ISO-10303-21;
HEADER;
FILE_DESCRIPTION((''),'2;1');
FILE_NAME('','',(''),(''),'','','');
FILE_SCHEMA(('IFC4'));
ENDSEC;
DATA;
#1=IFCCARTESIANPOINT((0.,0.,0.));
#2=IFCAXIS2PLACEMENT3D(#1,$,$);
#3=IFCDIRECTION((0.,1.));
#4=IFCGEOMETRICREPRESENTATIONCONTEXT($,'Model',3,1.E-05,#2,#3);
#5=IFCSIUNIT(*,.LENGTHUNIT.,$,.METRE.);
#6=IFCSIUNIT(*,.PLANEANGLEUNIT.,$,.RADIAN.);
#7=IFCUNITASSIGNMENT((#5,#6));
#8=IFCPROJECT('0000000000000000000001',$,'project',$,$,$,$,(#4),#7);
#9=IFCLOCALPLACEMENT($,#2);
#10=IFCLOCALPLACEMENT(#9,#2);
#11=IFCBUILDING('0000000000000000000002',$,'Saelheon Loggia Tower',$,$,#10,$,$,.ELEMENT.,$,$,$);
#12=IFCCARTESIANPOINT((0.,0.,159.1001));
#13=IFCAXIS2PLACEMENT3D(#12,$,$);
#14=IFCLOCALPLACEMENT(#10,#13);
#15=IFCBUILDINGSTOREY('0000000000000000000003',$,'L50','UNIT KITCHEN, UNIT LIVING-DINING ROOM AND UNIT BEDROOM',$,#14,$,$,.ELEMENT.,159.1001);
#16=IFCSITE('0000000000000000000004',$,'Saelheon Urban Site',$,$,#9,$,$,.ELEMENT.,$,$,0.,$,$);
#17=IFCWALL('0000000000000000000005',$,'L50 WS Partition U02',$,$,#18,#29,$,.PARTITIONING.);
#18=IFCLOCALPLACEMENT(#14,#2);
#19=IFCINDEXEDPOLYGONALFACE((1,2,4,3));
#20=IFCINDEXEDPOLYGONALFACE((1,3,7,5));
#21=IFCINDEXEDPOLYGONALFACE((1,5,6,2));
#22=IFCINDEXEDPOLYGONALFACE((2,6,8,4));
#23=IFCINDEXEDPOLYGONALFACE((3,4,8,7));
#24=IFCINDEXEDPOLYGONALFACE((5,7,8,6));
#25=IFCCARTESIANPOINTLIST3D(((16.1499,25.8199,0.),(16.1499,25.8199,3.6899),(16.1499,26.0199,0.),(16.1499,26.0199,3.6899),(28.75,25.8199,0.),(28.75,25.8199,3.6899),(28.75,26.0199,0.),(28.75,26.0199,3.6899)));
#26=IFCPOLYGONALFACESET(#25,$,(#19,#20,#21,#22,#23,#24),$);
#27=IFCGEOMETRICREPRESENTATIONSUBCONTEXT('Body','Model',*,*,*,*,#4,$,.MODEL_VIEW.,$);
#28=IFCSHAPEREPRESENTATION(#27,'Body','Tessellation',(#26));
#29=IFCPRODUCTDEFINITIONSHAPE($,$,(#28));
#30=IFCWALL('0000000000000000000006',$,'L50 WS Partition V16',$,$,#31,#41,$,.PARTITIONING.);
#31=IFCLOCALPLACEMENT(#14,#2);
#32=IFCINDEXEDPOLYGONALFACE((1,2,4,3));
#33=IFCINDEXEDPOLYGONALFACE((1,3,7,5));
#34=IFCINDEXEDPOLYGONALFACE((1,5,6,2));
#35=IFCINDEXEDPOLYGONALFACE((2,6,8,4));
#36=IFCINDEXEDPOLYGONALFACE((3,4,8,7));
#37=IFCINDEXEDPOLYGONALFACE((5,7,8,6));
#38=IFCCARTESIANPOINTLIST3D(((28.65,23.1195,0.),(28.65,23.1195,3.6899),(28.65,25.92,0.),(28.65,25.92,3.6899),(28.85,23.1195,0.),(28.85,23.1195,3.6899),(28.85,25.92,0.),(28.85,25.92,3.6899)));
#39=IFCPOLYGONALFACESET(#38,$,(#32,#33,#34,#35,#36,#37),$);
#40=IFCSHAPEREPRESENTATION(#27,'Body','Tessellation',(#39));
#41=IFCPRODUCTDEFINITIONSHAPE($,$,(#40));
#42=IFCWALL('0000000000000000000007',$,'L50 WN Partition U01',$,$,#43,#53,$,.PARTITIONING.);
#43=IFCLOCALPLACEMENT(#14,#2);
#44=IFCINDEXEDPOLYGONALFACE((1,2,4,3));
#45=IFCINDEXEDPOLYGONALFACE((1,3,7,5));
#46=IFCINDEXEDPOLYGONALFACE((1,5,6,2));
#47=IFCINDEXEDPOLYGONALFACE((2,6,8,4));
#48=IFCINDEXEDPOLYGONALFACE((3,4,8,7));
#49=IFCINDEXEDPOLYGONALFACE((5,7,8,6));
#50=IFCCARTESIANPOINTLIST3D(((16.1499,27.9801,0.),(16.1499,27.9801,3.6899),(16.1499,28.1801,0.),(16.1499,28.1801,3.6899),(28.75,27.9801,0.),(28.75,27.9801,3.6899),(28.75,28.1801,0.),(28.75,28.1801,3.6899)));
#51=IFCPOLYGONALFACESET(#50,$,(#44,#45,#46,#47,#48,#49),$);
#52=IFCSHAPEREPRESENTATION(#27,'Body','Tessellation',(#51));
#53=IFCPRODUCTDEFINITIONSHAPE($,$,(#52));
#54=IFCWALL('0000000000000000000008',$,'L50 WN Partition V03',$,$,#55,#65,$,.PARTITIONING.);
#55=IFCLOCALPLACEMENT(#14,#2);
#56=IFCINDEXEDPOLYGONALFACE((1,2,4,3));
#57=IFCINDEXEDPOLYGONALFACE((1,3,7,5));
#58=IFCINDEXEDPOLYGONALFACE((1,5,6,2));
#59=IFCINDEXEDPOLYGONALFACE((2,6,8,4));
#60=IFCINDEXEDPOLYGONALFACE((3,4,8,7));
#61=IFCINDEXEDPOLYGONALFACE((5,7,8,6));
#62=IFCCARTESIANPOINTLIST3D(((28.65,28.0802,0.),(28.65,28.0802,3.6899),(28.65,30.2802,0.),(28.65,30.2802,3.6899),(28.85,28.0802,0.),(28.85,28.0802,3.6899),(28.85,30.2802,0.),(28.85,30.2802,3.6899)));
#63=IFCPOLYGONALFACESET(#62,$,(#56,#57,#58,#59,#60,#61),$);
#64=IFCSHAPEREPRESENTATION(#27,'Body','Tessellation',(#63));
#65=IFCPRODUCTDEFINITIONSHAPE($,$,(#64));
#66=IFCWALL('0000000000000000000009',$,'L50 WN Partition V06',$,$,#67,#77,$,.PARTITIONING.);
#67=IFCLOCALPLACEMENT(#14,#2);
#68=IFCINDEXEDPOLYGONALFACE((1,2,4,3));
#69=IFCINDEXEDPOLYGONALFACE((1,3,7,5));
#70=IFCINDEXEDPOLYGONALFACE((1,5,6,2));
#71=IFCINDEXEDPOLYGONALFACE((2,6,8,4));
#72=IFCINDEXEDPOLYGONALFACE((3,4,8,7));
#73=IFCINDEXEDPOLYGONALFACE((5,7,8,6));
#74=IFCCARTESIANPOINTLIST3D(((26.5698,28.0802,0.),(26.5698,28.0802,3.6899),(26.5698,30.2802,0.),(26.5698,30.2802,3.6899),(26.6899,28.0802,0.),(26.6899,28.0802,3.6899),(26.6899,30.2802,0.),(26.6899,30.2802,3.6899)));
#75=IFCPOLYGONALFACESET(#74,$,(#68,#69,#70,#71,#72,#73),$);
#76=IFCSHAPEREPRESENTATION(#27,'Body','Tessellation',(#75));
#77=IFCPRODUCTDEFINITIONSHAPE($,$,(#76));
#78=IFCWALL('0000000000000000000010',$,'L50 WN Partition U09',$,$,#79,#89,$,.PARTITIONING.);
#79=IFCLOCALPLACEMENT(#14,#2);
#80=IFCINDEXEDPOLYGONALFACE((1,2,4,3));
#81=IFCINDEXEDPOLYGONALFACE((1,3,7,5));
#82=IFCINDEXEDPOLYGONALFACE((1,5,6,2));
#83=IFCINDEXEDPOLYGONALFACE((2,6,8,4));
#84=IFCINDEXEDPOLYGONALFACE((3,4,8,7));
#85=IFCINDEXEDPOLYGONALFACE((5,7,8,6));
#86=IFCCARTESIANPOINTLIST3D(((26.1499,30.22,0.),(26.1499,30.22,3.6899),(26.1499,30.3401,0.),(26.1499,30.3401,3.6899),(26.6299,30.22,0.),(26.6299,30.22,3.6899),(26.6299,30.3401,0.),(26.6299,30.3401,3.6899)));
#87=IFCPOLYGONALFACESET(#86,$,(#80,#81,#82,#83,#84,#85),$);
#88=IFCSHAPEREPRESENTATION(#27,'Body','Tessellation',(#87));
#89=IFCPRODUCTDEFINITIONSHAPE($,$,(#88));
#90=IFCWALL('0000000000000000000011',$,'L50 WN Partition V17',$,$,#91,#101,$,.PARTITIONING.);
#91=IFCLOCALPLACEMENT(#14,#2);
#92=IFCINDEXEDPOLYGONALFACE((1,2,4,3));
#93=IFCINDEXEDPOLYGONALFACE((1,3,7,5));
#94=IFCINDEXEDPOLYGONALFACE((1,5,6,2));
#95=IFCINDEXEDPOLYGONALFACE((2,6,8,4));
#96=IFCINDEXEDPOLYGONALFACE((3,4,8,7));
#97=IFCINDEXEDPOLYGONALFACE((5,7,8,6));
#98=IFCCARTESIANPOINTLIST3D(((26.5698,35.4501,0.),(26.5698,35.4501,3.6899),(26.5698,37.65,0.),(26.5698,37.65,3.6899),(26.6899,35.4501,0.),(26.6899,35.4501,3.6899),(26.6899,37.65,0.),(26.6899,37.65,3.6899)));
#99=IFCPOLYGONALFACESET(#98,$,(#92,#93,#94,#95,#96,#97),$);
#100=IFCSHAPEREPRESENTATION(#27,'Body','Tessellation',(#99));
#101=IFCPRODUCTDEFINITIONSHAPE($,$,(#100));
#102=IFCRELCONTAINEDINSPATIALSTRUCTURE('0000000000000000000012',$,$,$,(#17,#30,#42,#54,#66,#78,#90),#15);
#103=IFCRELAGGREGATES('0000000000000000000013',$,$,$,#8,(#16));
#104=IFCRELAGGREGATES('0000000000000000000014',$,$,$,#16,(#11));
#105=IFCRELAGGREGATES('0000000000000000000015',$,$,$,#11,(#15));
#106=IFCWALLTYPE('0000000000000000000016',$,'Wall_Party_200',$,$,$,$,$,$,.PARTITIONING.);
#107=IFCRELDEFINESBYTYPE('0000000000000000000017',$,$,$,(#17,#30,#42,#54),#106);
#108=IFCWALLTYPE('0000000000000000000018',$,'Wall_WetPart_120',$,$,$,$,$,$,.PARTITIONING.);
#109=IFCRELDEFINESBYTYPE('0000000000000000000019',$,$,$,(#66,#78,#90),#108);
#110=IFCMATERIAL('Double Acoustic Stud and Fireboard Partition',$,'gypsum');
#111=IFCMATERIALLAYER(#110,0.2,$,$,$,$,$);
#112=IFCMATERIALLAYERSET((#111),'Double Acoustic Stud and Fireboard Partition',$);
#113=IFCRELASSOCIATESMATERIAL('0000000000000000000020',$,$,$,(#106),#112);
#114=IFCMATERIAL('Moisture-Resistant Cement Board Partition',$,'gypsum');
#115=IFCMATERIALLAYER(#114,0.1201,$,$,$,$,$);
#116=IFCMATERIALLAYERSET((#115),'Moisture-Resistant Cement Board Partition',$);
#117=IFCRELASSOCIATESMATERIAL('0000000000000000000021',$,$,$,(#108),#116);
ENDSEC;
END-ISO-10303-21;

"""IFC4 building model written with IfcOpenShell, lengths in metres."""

from ifc_helpers import new_model, si_unit, direction, frame, frame_2d, origin, place, context, subcontext, project, spatial, rectangle, extrude, material, layer, layer_set, type_object, element, save


model = new_model("IFC4")

# Units and contexts
model_context = context("Model", 3, precision=1e-05, world=origin(), true_north=direction((0.0, 1.0)))
body_context = subcontext(model_context, "Body", "Model", "MODEL_VIEW")
ifc_project = project(units=[si_unit("LENGTHUNIT", "METRE"), si_unit("PLANEANGLEUNIT", "RADIAN")], contexts=[model_context])

# Site, building, storey
site_placement = place(None, origin())
site = spatial("IfcSite", under=ifc_project, at=site_placement, Name="Saelheon Urban Site", CompositionType="ELEMENT", RefElevation=0.0)
building_placement = place(site_placement, origin())
building = spatial("IfcBuilding", under=site, at=building_placement, Name="Saelheon Loggia Tower", CompositionType="ELEMENT")
storey_placement = place(building_placement, frame((0.0, 0.0, 159.1001)))
storey = spatial("IfcBuildingStorey", under=building, at=storey_placement, Name="L50", Description="UNIT KITCHEN, UNIT LIVING-DINING ROOM AND UNIT BEDROOM", CompositionType="ELEMENT", Elevation=159.1001)

# Walls
ifc_material_1 = material(Name="Double Acoustic Stud and Fireboard Partition", Category="gypsum")
ifc_layer_1 = layer(ifc_material_1, 0.2)
ifc_layer_set_1 = layer_set([ifc_layer_1], Name="Double Acoustic Stud and Fireboard Partition")
wall_type_1 = type_object("IfcWallType", Name="Wall_Party_200", PredefinedType="PARTITIONING", material=ifc_layer_set_1)
wall_1_placement = place(storey_placement, frame((28.75, 25.9199, 0.0), z_axis=(0.0, 0.0, 1.0), x_axis=(-1.0, 0.0, 0.0)))
element("IfcWall", 1, at=wall_1_placement, inside=storey, type_object=wall_type_1, Name="L50 WS Partition U02", PredefinedType="PARTITIONING", context=body_context, shape_type="SweptSolid", body=[
    extrude(rectangle(XDim=12.6001, YDim=0.2, at=frame_2d((6.3, 0.0))), origin(), (0.0, 0.0, 1.0), 3.6899),
])
wall_2_placement = place(storey_placement, frame((28.75, 23.1194, 0.0), z_axis=(0.0, 0.0, 1.0), x_axis=(0.0, 1.0, 0.0)))
element("IfcWall", 2, at=wall_2_placement, inside=storey, type_object=wall_type_1, Name="L50 WS Partition V16", PredefinedType="PARTITIONING", context=body_context, shape_type="SweptSolid", body=[
    extrude(rectangle(XDim=2.8005, YDim=0.2, at=frame_2d((1.4004, 0.0))), origin(), (0.0, 0.0, 1.0), 3.6899),
])
wall_3_placement = place(storey_placement, frame((28.75, 28.0801, 0.0), z_axis=(0.0, 0.0, 1.0), x_axis=(-1.0, 0.0, 0.0)))
element("IfcWall", 3, at=wall_3_placement, inside=storey, type_object=wall_type_1, Name="L50 WN Partition U01", PredefinedType="PARTITIONING", context=body_context, shape_type="SweptSolid", body=[
    extrude(rectangle(XDim=12.6001, YDim=0.2, at=frame_2d((6.3, 0.0))), origin(), (0.0, 0.0, 1.0), 3.6899),
])
wall_4_placement = place(storey_placement, frame((28.75, 28.0801, 0.0), z_axis=(0.0, 0.0, 1.0), x_axis=(0.0, 1.0, 0.0)))
element("IfcWall", 4, at=wall_4_placement, inside=storey, type_object=wall_type_1, Name="L50 WN Partition V03", PredefinedType="PARTITIONING", context=body_context, shape_type="SweptSolid", body=[
    extrude(rectangle(XDim=2.2, YDim=0.2, at=frame_2d((1.1001, 0.0))), origin(), (0.0, 0.0, 1.0), 3.6899),
])

# Walls
ifc_material_2 = material(Name="Moisture-Resistant Cement Board Partition", Category="gypsum")
ifc_layer_2 = layer(ifc_material_2, 0.1201)
ifc_layer_set_2 = layer_set([ifc_layer_2], Name="Moisture-Resistant Cement Board Partition")
wall_type_2 = type_object("IfcWallType", Name="Wall_WetPart_120", PredefinedType="PARTITIONING", material=ifc_layer_set_2)
wall_5_placement = place(storey_placement, frame((26.6299, 28.0801, 0.0), z_axis=(0.0, 0.0, 1.0), x_axis=(0.0, 1.0, 0.0)))
element("IfcWall", 5, at=wall_5_placement, inside=storey, type_object=wall_type_2, Name="L50 WN Partition V06", PredefinedType="PARTITIONING", context=body_context, shape_type="SweptSolid", body=[
    extrude(rectangle(XDim=2.2, YDim=0.1201, at=frame_2d((1.1001, 0.0))), origin(), (0.0, 0.0, 1.0), 3.6899),
])
wall_6_placement = place(storey_placement, frame((26.6299, 30.28, 0.0), z_axis=(0.0, 0.0, 1.0), x_axis=(-1.0, 0.0, 0.0)))
element("IfcWall", 6, at=wall_6_placement, inside=storey, type_object=wall_type_2, Name="L50 WN Partition U09", PredefinedType="PARTITIONING", context=body_context, shape_type="SweptSolid", body=[
    extrude(rectangle(XDim=0.48, YDim=0.1201, at=frame_2d((0.24, 0.0))), origin(), (0.0, 0.0, 1.0), 3.6899),
])
wall_7_placement = place(storey_placement, frame((26.6299, 35.45, 0.0), z_axis=(0.0, 0.0, 1.0), x_axis=(0.0, 1.0, 0.0)))
element("IfcWall", 7, at=wall_7_placement, inside=storey, type_object=wall_type_2, Name="L50 WN Partition V17", PredefinedType="PARTITIONING", context=body_context, shape_type="SweptSolid", body=[
    extrude(rectangle(XDim=2.2, YDim=0.1201, at=frame_2d((1.1001, 0.0))), origin(), (0.0, 0.0, 1.0), 3.6899),
])

save(model, "model.ifc")
